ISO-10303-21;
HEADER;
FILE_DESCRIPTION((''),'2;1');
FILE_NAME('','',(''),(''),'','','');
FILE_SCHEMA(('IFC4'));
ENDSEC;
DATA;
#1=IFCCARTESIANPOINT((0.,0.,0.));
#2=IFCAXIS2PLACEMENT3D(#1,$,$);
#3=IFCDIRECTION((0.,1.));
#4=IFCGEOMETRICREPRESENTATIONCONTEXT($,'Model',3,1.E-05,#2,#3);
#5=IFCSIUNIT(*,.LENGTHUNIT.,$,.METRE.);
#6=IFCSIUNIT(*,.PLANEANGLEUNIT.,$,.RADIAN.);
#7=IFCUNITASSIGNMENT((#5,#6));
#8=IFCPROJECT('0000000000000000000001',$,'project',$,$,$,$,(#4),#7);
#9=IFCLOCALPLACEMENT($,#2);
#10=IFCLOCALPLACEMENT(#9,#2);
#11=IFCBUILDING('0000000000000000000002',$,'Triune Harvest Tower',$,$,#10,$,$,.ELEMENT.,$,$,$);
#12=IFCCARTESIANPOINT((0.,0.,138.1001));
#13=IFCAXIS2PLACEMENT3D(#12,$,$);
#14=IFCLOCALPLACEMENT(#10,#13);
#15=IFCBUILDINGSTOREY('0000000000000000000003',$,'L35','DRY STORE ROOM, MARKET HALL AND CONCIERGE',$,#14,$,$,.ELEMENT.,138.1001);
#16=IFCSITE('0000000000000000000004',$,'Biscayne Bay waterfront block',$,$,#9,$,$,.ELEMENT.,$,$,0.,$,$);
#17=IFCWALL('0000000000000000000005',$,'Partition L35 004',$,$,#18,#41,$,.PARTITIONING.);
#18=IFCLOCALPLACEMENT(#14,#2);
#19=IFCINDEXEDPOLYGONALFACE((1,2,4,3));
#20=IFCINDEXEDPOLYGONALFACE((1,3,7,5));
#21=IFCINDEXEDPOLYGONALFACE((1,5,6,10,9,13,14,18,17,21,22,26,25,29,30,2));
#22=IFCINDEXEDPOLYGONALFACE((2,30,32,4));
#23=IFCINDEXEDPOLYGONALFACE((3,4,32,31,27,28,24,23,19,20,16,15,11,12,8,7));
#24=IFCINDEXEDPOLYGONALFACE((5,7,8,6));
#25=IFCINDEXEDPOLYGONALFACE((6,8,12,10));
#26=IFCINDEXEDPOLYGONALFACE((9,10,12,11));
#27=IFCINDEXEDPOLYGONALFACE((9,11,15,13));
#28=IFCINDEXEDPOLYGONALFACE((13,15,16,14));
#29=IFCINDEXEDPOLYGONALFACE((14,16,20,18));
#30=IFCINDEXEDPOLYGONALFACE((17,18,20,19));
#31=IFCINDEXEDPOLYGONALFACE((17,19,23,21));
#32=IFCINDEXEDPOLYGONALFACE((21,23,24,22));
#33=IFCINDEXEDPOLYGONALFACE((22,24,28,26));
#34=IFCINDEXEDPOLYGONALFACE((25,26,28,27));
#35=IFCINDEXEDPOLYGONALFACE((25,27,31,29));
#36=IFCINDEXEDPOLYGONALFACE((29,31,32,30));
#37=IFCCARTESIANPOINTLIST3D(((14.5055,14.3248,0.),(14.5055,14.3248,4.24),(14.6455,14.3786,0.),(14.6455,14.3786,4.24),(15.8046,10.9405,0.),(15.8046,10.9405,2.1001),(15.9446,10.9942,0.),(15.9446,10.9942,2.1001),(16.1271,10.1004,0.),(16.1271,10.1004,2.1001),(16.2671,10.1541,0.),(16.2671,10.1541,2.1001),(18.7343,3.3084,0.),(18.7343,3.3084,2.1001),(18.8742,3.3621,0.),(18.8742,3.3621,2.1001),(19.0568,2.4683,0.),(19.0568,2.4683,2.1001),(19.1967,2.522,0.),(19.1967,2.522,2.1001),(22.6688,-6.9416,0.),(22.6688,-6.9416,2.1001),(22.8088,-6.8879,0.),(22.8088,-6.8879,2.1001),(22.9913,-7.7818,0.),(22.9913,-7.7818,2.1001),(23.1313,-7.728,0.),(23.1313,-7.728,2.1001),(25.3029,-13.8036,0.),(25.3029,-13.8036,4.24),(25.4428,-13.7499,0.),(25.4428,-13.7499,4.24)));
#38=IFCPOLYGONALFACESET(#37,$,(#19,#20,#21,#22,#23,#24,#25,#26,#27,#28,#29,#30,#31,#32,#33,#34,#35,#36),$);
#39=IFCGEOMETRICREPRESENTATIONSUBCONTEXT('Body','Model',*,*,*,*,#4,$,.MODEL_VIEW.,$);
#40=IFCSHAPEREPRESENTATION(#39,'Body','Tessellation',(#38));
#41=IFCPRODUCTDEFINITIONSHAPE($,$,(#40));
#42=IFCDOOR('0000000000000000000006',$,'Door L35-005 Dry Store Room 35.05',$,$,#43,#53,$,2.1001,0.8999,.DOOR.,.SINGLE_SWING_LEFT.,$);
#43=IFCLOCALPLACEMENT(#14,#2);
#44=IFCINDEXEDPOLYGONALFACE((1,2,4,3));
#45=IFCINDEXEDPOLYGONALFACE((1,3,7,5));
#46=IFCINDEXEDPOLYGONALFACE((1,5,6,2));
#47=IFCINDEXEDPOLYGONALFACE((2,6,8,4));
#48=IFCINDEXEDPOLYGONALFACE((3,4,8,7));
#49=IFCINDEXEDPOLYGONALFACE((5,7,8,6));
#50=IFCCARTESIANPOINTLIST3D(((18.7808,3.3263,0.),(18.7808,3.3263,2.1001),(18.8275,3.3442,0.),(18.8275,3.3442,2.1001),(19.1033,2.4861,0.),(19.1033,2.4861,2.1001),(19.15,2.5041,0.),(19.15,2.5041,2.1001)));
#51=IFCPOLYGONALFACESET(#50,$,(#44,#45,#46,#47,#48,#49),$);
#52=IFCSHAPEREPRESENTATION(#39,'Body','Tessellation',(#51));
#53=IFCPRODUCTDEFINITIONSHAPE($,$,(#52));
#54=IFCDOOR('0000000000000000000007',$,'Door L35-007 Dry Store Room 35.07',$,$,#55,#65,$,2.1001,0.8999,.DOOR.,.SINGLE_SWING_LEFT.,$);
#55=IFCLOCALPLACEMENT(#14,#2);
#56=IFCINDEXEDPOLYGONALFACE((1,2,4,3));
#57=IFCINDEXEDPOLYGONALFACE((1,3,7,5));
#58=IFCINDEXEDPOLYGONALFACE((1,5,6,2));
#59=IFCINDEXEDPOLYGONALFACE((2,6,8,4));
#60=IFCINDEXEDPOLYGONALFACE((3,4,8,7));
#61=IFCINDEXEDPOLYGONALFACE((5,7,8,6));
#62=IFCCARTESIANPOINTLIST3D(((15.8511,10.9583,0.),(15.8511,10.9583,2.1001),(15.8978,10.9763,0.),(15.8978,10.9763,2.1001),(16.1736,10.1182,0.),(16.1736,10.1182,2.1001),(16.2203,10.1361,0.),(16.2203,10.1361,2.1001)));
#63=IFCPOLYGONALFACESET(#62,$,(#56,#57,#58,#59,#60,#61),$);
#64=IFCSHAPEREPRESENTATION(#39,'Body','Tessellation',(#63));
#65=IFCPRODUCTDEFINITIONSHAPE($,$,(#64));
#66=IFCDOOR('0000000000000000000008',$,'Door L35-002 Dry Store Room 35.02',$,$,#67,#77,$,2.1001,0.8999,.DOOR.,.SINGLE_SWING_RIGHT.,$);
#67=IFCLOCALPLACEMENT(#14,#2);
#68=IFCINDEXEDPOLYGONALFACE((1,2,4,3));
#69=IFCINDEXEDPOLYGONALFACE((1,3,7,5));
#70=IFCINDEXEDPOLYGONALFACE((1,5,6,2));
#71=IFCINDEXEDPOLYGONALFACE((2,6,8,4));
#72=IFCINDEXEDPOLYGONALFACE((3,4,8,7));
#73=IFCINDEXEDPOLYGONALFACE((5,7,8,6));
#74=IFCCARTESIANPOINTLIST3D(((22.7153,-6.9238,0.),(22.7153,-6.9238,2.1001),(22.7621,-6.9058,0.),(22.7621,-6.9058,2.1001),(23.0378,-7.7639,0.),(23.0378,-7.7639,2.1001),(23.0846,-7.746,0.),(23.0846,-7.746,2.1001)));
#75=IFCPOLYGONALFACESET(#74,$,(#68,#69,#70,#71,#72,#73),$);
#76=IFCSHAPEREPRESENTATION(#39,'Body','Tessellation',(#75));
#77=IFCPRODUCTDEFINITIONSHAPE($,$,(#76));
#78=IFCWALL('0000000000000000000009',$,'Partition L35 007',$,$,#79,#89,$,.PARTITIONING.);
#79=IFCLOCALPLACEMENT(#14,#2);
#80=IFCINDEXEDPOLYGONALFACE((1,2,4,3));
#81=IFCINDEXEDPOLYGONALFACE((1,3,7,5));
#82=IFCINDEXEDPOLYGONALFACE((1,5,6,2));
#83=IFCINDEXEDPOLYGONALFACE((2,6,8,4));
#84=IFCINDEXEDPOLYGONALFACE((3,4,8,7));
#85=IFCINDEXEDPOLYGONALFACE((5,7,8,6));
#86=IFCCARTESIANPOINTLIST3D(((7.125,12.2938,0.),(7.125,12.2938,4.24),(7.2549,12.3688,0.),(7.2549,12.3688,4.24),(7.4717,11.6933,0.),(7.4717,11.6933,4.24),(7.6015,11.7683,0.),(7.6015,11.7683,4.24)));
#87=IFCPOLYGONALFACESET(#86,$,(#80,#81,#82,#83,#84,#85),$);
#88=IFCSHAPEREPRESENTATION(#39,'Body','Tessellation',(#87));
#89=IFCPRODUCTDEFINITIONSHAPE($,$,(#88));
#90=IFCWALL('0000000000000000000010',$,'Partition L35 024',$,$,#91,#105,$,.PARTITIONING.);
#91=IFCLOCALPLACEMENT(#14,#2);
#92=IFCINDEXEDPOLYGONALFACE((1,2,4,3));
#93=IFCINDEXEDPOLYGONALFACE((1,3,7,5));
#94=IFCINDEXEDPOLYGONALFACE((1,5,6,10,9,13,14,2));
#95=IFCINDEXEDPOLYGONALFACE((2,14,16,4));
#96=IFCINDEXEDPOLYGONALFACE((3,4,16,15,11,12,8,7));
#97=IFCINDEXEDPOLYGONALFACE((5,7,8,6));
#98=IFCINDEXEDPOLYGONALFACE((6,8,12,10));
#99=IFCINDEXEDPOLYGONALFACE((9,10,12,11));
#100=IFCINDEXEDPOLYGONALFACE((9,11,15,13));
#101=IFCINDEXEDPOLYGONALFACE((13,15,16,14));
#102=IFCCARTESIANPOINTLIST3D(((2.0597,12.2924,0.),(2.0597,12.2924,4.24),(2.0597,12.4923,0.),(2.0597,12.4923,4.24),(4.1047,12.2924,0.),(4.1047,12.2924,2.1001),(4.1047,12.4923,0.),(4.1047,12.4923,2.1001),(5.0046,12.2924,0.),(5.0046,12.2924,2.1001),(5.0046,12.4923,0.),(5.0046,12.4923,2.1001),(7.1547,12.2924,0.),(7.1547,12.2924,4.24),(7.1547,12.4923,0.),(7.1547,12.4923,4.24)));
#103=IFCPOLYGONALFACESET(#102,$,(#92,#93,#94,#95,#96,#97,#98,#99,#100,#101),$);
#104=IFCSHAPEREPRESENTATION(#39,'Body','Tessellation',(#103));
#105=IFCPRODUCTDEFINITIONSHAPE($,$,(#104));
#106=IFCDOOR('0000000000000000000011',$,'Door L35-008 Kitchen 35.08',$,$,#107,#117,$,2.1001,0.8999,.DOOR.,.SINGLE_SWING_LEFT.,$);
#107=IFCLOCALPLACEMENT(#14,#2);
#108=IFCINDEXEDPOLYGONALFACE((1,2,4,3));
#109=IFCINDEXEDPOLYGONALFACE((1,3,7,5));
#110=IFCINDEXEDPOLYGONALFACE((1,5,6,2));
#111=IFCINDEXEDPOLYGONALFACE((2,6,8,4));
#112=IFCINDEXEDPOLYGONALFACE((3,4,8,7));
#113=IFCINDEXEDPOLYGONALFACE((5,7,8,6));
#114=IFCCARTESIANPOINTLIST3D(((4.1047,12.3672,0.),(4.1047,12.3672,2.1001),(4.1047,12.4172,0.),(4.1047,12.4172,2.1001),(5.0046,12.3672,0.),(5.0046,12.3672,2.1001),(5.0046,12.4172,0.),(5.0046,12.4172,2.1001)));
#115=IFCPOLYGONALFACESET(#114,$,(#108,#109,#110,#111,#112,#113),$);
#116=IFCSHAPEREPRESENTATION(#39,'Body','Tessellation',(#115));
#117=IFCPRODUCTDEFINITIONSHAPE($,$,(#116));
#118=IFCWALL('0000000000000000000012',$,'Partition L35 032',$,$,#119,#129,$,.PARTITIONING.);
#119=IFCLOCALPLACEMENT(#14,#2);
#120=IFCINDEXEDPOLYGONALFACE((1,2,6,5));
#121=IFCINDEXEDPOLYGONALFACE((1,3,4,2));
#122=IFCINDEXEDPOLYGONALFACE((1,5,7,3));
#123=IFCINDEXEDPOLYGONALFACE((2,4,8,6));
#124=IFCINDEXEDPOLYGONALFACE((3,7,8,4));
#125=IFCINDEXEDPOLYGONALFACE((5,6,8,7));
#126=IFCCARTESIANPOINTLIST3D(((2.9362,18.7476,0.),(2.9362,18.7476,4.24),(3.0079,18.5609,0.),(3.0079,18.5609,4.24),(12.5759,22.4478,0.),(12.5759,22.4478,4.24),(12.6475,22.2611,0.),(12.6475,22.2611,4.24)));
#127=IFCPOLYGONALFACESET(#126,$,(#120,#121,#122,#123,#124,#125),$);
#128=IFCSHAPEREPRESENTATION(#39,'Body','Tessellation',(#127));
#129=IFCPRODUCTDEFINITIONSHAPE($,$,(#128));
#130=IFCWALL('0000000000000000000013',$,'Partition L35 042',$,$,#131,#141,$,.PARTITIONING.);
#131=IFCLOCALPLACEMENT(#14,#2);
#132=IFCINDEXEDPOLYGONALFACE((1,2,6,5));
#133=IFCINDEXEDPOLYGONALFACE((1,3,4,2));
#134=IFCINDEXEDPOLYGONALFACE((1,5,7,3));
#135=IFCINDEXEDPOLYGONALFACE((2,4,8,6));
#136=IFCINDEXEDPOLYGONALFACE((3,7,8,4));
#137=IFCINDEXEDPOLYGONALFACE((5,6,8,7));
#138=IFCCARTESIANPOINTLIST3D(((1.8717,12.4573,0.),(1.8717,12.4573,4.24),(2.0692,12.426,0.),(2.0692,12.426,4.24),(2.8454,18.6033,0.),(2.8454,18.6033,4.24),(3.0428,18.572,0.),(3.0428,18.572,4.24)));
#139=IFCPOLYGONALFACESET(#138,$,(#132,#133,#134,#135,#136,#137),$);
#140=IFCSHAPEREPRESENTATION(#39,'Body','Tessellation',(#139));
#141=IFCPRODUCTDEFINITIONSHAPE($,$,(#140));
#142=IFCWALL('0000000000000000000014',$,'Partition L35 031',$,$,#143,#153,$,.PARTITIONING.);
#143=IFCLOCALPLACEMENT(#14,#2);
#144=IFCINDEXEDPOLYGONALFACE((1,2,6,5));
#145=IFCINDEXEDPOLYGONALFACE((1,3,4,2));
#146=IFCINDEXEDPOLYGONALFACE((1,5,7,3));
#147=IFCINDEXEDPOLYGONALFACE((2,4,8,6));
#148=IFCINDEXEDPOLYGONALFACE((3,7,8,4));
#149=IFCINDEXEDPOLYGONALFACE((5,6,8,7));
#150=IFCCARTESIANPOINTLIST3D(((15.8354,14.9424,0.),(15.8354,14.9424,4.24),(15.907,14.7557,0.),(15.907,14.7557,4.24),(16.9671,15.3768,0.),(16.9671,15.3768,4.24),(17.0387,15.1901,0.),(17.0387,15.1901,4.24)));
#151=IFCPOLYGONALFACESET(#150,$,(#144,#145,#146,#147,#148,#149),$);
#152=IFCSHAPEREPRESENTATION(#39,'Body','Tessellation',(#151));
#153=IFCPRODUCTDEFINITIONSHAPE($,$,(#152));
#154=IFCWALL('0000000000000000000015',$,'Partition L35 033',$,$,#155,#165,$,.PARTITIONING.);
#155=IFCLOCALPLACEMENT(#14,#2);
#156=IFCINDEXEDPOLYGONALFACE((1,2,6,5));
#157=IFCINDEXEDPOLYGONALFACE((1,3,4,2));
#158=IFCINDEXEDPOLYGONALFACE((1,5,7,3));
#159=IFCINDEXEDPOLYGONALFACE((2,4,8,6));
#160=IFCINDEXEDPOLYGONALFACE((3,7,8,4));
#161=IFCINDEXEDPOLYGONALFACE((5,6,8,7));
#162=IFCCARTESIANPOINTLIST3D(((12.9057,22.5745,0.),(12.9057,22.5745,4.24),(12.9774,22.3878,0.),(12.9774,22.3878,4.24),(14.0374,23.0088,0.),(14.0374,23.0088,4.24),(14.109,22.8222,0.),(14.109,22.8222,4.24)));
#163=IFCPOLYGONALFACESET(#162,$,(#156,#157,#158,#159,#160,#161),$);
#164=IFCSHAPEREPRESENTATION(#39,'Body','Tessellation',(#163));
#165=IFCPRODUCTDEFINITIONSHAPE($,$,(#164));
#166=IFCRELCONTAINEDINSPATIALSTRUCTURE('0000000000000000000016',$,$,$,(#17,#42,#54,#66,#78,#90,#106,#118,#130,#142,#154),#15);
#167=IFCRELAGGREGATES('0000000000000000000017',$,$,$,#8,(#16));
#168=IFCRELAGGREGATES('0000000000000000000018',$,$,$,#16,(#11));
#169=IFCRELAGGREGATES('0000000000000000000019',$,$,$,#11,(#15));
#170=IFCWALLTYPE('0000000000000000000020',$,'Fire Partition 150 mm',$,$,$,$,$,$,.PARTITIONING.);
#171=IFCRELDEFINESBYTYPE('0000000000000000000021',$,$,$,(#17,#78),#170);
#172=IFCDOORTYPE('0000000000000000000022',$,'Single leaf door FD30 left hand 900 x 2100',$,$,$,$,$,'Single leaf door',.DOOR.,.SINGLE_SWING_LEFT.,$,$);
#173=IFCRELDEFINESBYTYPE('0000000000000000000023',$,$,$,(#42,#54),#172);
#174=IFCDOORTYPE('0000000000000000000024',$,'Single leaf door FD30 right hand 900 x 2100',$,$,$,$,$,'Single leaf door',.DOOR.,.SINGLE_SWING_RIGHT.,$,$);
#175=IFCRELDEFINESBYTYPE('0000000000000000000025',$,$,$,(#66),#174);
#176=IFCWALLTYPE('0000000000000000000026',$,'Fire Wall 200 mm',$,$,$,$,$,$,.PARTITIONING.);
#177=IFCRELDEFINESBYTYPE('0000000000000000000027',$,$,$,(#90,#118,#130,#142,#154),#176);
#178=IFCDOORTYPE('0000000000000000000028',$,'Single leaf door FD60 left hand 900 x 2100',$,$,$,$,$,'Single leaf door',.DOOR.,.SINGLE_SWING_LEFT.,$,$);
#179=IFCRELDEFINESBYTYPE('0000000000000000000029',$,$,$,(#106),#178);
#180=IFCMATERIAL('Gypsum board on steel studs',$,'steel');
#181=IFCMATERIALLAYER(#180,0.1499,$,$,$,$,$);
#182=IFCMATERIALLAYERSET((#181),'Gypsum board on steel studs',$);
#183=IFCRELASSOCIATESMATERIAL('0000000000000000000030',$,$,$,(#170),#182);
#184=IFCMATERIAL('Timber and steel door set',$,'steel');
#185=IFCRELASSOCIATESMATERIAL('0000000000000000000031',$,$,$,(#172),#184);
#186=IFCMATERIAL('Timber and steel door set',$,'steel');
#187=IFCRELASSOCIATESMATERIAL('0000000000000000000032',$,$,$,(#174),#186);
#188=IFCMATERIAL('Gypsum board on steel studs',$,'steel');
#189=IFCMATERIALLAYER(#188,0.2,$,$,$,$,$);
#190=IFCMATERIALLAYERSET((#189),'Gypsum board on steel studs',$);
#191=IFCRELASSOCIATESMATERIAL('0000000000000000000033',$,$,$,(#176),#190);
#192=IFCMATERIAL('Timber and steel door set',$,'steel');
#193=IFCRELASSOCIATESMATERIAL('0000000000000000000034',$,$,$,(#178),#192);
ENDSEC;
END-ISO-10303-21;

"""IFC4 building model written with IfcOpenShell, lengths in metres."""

from ifc_helpers import new_model, si_unit, direction, frame, frame_2d, origin, place, context, subcontext, project, spatial, rectangle, extrude, source, transform, mapped, material, layer, layer_set, type_object, element, fill, save


model = new_model("IFC4")

# Units and contexts
model_context = context("Model", 3, precision=1e-05, world=origin(), true_north=direction((0.0, 1.0)))
body_context = subcontext(model_context, "Body", "Model", "MODEL_VIEW")
ifc_project = project(units=[si_unit("LENGTHUNIT", "METRE"), si_unit("PLANEANGLEUNIT", "RADIAN")], contexts=[model_context])

# Site, building, storey
site_placement = place(None, origin())
site = spatial("IfcSite", under=ifc_project, at=site_placement, Name="Biscayne Bay waterfront block", CompositionType="ELEMENT", RefElevation=0.0)
building_placement = place(site_placement, origin())
building = spatial("IfcBuilding", under=site, at=building_placement, Name="Triune Harvest Tower", CompositionType="ELEMENT")
storey_placement = place(building_placement, frame((0.0, 0.0, 138.1001)))
storey = spatial("IfcBuildingStorey", under=building, at=storey_placement, Name="L35", Description="DRY STORE ROOM, MARKET HALL AND CONCIERGE", CompositionType="ELEMENT", Elevation=138.1001)

# Wall, openings, doors
ifc_material_1 = material(Name="Gypsum board on steel studs", Category="steel")
ifc_layer_1 = layer(ifc_material_1, 0.1499)
ifc_layer_set_1 = layer_set([ifc_layer_1], Name="Gypsum board on steel studs")
wall_type_1 = type_object("IfcWallType", Name="Fire Partition 150 mm", PredefinedType="PARTITIONING", material=ifc_layer_set_1)
wall_1_placement = place(storey_placement, frame((14.5754, 14.3518, 0.0), z_axis=(0.0, 0.0, 1.0), x_axis=(0.358364, -0.933582, 0.0)))
wall_1 = element("IfcWall", 1, at=wall_1_placement, inside=storey, type_object=wall_type_1, Name="Partition L35 004", PredefinedType="PARTITIONING", context=body_context, shape_type="SweptSolid", body=[
    extrude(rectangle(XDim=30.1296, YDim=0.1499, at=frame_2d((15.0649, 0.0))), origin(), (0.0, 0.0, 1.0), 4.24),
])
opening_1_placement = place(wall_1_placement, frame((22.7795, 0.0, 0.0)))
opening_1 = element("IfcOpeningElement", 2, at=opening_1_placement, cuts=wall_1, PredefinedType="OPENING", context=body_context, shape_type="SweptSolid", body=[
    extrude(rectangle(XDim=0.8999, YDim=2.1001, at=frame_2d((0.45, 1.05))), frame((0.0, 0.085, 0.0), z_axis=(0.0, -1.0, 0.0), x_axis=(1.0, 0.0, 0.0)), (0.0, 0.0, 1.0), 0.1699),
])
opening_2_placement = place(wall_1_placement, frame((11.8003, 0.0, 0.0)))
opening_2 = element("IfcOpeningElement", 3, at=opening_2_placement, cuts=wall_1, PredefinedType="OPENING", context=body_context, shape_type="SweptSolid", body=[
    extrude(rectangle(XDim=0.8999, YDim=2.1001, at=frame_2d((0.45, 1.05))), frame((0.0, 0.085, 0.0), z_axis=(0.0, -1.0, 0.0), x_axis=(1.0, 0.0, 0.0)), (0.0, 0.0, 1.0), 0.1699),
])
opening_3_placement = place(wall_1_placement, frame((3.6252, 0.0, 0.0)))
opening_3 = element("IfcOpeningElement", 4, at=opening_3_placement, cuts=wall_1, PredefinedType="OPENING", context=body_context, shape_type="SweptSolid", body=[
    extrude(rectangle(XDim=0.8999, YDim=2.1001, at=frame_2d((0.45, 1.05))), frame((0.0, 0.085, 0.0), z_axis=(0.0, -1.0, 0.0), x_axis=(1.0, 0.0, 0.0)), (0.0, 0.0, 1.0), 0.1699),
])
ifc_material_2 = material(Name="Timber and steel door set", Category="steel")
door_type_1 = type_object("IfcDoorType", Name="Single leaf door FD30 left hand 900 x 2100", ElementType="Single leaf door", OperationType="SINGLE_SWING_LEFT", PredefinedType="DOOR", material=ifc_material_2)
door_1_placement = place(opening_2_placement, origin())
door_1 = element("IfcDoor", 5, at=door_1_placement, inside=storey, type_object=door_type_1, Name="Door L35-005 Dry Store Room 35.05", OperationType="SINGLE_SWING_LEFT", OverallHeight=2.1001, OverallWidth=0.8999, PredefinedType="DOOR", context=body_context, shape_type="SweptSolid", body=[
    extrude(rectangle(XDim=0.8999, YDim=2.1001, at=frame_2d((0.45, 1.05))), frame((0.0, 0.0249, 0.0), z_axis=(0.0, -1.0, 0.0), x_axis=(1.0, 0.0, 0.0)), (0.0, 0.0, 1.0), 0.05),
])
fill(opening_2, door_1)
door_2_placement = place(opening_3_placement, origin())
door_2 = element("IfcDoor", 6, at=door_2_placement, inside=storey, type_object=door_type_1, Name="Door L35-007 Dry Store Room 35.07", OperationType="SINGLE_SWING_LEFT", OverallHeight=2.1001, OverallWidth=0.8999, PredefinedType="DOOR", context=body_context, shape_type="SweptSolid", body=[
    extrude(rectangle(XDim=0.8999, YDim=2.1001, at=frame_2d((0.45, 1.05))), frame((0.0, 0.0249, 0.0), z_axis=(0.0, -1.0, 0.0), x_axis=(1.0, 0.0, 0.0)), (0.0, 0.0, 1.0), 0.05),
])
fill(opening_3, door_2)
ifc_material_3 = material(Name="Timber and steel door set", Category="steel")
door_type_2 = type_object("IfcDoorType", Name="Single leaf door FD30 right hand 900 x 2100", ElementType="Single leaf door", OperationType="SINGLE_SWING_RIGHT", PredefinedType="DOOR", material=ifc_material_3)
door_3_placement = place(opening_1_placement, origin())
door_3 = element("IfcDoor", 7, at=door_3_placement, inside=storey, type_object=door_type_2, Name="Door L35-002 Dry Store Room 35.02", OperationType="SINGLE_SWING_RIGHT", OverallHeight=2.1001, OverallWidth=0.8999, PredefinedType="DOOR", context=body_context, shape_type="SweptSolid", body=[
    extrude(rectangle(XDim=0.8999, YDim=2.1001, at=frame_2d((0.45, 1.05))), frame((0.0, 0.0249, 0.0), z_axis=(0.0, -1.0, 0.0), x_axis=(1.0, 0.0, 0.0)), (0.0, 0.0, 1.0), 0.05),
])
fill(opening_1, door_3)

# Wall
wall_2_placement = place(storey_placement, frame((7.1899, 12.3313, 0.0), z_axis=(0.0, 0.0, 1.0), x_axis=(0.499926, -0.866068, 0.0)))
element("IfcWall", 8, at=wall_2_placement, inside=storey, type_object=wall_type_1, Name="Partition L35 007", PredefinedType="PARTITIONING", context=body_context, shape_type="SweptSolid", body=[
    extrude(rectangle(XDim=0.6934, YDim=0.1499, at=frame_2d((0.3467, 0.0))), origin(), (0.0, 0.0, 1.0), 4.24),
])

# Wall, opening, door
ifc_material_4 = material(Name="Gypsum board on steel studs", Category="steel")
ifc_layer_2 = layer(ifc_material_4, 0.2)
ifc_layer_set_2 = layer_set([ifc_layer_2], Name="Gypsum board on steel studs")
wall_type_2 = type_object("IfcWallType", Name="Fire Wall 200 mm", PredefinedType="PARTITIONING", material=ifc_layer_set_2)
wall_3_placement = place(storey_placement, frame((2.0598, 12.3923, 0.0), z_axis=(0.0, 0.0, 1.0), x_axis=(1.0, 0.0, 0.0)))
wall_3 = element("IfcWall", 9, at=wall_3_placement, inside=storey, type_object=wall_type_2, Name="Partition L35 024", PredefinedType="PARTITIONING", context=body_context, shape_type="SweptSolid", body=[
    extrude(rectangle(XDim=5.095, YDim=0.2, at=frame_2d((2.5474, 0.0))), origin(), (0.0, 0.0, 1.0), 4.24),
])
opening_4_placement = place(wall_3_placement, frame((2.0449, 0.0, 0.0)))
opening_4 = element("IfcOpeningElement", 10, at=opening_4_placement, cuts=wall_3, PredefinedType="OPENING", context=body_context, shape_type="SweptSolid", body=[
    extrude(rectangle(XDim=0.8999, YDim=2.1001, at=frame_2d((0.45, 1.05))), frame((0.0, 0.1099, 0.0), z_axis=(0.0, -1.0, 0.0), x_axis=(1.0, 0.0, 0.0)), (0.0, 0.0, 1.0), 0.22),
])
ifc_material_5 = material(Name="Timber and steel door set", Category="steel")
door_type_3 = type_object("IfcDoorType", Name="Single leaf door FD60 left hand 900 x 2100", ElementType="Single leaf door", OperationType="SINGLE_SWING_LEFT", PredefinedType="DOOR", material=ifc_material_5)
door_4_placement = place(opening_4_placement, origin())
door_4 = element("IfcDoor", 11, at=door_4_placement, inside=storey, type_object=door_type_3, Name="Door L35-008 Kitchen 35.08", OperationType="SINGLE_SWING_LEFT", OverallHeight=2.1001, OverallWidth=0.8999, PredefinedType="DOOR", context=body_context, shape_type="SweptSolid", body=[
    extrude(rectangle(XDim=0.8999, YDim=2.1001, at=frame_2d((0.45, 1.05))), frame((0.0, 0.0249, 0.0), z_axis=(0.0, -1.0, 0.0), x_axis=(1.0, 0.0, 0.0)), (0.0, 0.0, 1.0), 0.05),
])
fill(opening_4, door_4)

# Walls
wall_4_placement = place(storey_placement, frame((2.9722, 18.6543, 0.0), z_axis=(0.0, 0.0, 1.0), x_axis=(0.933584, 0.358358, 0.0)))
element("IfcWall", 12, at=wall_4_placement, inside=storey, type_object=wall_type_2, Name="Partition L35 032", PredefinedType="PARTITIONING", context=body_context, shape_type="SweptSolid", body=[
    extrude(rectangle(XDim=10.3254, YDim=0.2, at=frame_2d((5.1626, 0.0))), origin(), (0.0, 0.0, 1.0), 4.24),
])
wall_5_placement = place(storey_placement, frame((1.9705, 12.4417, 0.0), z_axis=(0.0, 0.0, 1.0), x_axis=(0.156466, 0.987683, 0.0)))
element("IfcWall", 13, at=wall_5_placement, inside=storey, type_object=wall_type_2, Name="Partition L35 042", PredefinedType="PARTITIONING", context=body_context, shape_type="SweptSolid", body=[
    extrude(rectangle(XDim=6.2227, YDim=0.2, at=frame_2d((3.1113, 0.0))), origin(), (0.0, 0.0, 1.0), 4.24),
])
shared_shape_1 = source(origin(), body_context, "Body", "SweptSolid", [
    extrude(rectangle(XDim=1.2122, YDim=0.2, at=frame_2d((0.606, 0.0))), origin(), (0.0, 0.0, 1.0), 4.24),
])
for number, where, z_axis, x_axis, name in (
    (14, (15.8713, 14.8491, 0.0), (0.0, 0.0, 1.0), (0.933595, 0.358331, 0.0), "Partition L35 031"),
    (15, (12.9417, 22.4812, 0.0), (0.0, 0.0, 1.0), (0.933595, 0.358331, 0.0), "Partition L35 033"),
):
    element("IfcWall", number, at=place(storey_placement, frame(where, z_axis=z_axis, x_axis=x_axis)), inside=storey, type_object=wall_type_2, Name=name, PredefinedType="PARTITIONING", context=body_context, shape_type="MappedRepresentation", body=[
        mapped(shared_shape_1, transform((0.0, 0.0, 0.0), scale=1.0)),
    ])

save(model, "model.ifc")
